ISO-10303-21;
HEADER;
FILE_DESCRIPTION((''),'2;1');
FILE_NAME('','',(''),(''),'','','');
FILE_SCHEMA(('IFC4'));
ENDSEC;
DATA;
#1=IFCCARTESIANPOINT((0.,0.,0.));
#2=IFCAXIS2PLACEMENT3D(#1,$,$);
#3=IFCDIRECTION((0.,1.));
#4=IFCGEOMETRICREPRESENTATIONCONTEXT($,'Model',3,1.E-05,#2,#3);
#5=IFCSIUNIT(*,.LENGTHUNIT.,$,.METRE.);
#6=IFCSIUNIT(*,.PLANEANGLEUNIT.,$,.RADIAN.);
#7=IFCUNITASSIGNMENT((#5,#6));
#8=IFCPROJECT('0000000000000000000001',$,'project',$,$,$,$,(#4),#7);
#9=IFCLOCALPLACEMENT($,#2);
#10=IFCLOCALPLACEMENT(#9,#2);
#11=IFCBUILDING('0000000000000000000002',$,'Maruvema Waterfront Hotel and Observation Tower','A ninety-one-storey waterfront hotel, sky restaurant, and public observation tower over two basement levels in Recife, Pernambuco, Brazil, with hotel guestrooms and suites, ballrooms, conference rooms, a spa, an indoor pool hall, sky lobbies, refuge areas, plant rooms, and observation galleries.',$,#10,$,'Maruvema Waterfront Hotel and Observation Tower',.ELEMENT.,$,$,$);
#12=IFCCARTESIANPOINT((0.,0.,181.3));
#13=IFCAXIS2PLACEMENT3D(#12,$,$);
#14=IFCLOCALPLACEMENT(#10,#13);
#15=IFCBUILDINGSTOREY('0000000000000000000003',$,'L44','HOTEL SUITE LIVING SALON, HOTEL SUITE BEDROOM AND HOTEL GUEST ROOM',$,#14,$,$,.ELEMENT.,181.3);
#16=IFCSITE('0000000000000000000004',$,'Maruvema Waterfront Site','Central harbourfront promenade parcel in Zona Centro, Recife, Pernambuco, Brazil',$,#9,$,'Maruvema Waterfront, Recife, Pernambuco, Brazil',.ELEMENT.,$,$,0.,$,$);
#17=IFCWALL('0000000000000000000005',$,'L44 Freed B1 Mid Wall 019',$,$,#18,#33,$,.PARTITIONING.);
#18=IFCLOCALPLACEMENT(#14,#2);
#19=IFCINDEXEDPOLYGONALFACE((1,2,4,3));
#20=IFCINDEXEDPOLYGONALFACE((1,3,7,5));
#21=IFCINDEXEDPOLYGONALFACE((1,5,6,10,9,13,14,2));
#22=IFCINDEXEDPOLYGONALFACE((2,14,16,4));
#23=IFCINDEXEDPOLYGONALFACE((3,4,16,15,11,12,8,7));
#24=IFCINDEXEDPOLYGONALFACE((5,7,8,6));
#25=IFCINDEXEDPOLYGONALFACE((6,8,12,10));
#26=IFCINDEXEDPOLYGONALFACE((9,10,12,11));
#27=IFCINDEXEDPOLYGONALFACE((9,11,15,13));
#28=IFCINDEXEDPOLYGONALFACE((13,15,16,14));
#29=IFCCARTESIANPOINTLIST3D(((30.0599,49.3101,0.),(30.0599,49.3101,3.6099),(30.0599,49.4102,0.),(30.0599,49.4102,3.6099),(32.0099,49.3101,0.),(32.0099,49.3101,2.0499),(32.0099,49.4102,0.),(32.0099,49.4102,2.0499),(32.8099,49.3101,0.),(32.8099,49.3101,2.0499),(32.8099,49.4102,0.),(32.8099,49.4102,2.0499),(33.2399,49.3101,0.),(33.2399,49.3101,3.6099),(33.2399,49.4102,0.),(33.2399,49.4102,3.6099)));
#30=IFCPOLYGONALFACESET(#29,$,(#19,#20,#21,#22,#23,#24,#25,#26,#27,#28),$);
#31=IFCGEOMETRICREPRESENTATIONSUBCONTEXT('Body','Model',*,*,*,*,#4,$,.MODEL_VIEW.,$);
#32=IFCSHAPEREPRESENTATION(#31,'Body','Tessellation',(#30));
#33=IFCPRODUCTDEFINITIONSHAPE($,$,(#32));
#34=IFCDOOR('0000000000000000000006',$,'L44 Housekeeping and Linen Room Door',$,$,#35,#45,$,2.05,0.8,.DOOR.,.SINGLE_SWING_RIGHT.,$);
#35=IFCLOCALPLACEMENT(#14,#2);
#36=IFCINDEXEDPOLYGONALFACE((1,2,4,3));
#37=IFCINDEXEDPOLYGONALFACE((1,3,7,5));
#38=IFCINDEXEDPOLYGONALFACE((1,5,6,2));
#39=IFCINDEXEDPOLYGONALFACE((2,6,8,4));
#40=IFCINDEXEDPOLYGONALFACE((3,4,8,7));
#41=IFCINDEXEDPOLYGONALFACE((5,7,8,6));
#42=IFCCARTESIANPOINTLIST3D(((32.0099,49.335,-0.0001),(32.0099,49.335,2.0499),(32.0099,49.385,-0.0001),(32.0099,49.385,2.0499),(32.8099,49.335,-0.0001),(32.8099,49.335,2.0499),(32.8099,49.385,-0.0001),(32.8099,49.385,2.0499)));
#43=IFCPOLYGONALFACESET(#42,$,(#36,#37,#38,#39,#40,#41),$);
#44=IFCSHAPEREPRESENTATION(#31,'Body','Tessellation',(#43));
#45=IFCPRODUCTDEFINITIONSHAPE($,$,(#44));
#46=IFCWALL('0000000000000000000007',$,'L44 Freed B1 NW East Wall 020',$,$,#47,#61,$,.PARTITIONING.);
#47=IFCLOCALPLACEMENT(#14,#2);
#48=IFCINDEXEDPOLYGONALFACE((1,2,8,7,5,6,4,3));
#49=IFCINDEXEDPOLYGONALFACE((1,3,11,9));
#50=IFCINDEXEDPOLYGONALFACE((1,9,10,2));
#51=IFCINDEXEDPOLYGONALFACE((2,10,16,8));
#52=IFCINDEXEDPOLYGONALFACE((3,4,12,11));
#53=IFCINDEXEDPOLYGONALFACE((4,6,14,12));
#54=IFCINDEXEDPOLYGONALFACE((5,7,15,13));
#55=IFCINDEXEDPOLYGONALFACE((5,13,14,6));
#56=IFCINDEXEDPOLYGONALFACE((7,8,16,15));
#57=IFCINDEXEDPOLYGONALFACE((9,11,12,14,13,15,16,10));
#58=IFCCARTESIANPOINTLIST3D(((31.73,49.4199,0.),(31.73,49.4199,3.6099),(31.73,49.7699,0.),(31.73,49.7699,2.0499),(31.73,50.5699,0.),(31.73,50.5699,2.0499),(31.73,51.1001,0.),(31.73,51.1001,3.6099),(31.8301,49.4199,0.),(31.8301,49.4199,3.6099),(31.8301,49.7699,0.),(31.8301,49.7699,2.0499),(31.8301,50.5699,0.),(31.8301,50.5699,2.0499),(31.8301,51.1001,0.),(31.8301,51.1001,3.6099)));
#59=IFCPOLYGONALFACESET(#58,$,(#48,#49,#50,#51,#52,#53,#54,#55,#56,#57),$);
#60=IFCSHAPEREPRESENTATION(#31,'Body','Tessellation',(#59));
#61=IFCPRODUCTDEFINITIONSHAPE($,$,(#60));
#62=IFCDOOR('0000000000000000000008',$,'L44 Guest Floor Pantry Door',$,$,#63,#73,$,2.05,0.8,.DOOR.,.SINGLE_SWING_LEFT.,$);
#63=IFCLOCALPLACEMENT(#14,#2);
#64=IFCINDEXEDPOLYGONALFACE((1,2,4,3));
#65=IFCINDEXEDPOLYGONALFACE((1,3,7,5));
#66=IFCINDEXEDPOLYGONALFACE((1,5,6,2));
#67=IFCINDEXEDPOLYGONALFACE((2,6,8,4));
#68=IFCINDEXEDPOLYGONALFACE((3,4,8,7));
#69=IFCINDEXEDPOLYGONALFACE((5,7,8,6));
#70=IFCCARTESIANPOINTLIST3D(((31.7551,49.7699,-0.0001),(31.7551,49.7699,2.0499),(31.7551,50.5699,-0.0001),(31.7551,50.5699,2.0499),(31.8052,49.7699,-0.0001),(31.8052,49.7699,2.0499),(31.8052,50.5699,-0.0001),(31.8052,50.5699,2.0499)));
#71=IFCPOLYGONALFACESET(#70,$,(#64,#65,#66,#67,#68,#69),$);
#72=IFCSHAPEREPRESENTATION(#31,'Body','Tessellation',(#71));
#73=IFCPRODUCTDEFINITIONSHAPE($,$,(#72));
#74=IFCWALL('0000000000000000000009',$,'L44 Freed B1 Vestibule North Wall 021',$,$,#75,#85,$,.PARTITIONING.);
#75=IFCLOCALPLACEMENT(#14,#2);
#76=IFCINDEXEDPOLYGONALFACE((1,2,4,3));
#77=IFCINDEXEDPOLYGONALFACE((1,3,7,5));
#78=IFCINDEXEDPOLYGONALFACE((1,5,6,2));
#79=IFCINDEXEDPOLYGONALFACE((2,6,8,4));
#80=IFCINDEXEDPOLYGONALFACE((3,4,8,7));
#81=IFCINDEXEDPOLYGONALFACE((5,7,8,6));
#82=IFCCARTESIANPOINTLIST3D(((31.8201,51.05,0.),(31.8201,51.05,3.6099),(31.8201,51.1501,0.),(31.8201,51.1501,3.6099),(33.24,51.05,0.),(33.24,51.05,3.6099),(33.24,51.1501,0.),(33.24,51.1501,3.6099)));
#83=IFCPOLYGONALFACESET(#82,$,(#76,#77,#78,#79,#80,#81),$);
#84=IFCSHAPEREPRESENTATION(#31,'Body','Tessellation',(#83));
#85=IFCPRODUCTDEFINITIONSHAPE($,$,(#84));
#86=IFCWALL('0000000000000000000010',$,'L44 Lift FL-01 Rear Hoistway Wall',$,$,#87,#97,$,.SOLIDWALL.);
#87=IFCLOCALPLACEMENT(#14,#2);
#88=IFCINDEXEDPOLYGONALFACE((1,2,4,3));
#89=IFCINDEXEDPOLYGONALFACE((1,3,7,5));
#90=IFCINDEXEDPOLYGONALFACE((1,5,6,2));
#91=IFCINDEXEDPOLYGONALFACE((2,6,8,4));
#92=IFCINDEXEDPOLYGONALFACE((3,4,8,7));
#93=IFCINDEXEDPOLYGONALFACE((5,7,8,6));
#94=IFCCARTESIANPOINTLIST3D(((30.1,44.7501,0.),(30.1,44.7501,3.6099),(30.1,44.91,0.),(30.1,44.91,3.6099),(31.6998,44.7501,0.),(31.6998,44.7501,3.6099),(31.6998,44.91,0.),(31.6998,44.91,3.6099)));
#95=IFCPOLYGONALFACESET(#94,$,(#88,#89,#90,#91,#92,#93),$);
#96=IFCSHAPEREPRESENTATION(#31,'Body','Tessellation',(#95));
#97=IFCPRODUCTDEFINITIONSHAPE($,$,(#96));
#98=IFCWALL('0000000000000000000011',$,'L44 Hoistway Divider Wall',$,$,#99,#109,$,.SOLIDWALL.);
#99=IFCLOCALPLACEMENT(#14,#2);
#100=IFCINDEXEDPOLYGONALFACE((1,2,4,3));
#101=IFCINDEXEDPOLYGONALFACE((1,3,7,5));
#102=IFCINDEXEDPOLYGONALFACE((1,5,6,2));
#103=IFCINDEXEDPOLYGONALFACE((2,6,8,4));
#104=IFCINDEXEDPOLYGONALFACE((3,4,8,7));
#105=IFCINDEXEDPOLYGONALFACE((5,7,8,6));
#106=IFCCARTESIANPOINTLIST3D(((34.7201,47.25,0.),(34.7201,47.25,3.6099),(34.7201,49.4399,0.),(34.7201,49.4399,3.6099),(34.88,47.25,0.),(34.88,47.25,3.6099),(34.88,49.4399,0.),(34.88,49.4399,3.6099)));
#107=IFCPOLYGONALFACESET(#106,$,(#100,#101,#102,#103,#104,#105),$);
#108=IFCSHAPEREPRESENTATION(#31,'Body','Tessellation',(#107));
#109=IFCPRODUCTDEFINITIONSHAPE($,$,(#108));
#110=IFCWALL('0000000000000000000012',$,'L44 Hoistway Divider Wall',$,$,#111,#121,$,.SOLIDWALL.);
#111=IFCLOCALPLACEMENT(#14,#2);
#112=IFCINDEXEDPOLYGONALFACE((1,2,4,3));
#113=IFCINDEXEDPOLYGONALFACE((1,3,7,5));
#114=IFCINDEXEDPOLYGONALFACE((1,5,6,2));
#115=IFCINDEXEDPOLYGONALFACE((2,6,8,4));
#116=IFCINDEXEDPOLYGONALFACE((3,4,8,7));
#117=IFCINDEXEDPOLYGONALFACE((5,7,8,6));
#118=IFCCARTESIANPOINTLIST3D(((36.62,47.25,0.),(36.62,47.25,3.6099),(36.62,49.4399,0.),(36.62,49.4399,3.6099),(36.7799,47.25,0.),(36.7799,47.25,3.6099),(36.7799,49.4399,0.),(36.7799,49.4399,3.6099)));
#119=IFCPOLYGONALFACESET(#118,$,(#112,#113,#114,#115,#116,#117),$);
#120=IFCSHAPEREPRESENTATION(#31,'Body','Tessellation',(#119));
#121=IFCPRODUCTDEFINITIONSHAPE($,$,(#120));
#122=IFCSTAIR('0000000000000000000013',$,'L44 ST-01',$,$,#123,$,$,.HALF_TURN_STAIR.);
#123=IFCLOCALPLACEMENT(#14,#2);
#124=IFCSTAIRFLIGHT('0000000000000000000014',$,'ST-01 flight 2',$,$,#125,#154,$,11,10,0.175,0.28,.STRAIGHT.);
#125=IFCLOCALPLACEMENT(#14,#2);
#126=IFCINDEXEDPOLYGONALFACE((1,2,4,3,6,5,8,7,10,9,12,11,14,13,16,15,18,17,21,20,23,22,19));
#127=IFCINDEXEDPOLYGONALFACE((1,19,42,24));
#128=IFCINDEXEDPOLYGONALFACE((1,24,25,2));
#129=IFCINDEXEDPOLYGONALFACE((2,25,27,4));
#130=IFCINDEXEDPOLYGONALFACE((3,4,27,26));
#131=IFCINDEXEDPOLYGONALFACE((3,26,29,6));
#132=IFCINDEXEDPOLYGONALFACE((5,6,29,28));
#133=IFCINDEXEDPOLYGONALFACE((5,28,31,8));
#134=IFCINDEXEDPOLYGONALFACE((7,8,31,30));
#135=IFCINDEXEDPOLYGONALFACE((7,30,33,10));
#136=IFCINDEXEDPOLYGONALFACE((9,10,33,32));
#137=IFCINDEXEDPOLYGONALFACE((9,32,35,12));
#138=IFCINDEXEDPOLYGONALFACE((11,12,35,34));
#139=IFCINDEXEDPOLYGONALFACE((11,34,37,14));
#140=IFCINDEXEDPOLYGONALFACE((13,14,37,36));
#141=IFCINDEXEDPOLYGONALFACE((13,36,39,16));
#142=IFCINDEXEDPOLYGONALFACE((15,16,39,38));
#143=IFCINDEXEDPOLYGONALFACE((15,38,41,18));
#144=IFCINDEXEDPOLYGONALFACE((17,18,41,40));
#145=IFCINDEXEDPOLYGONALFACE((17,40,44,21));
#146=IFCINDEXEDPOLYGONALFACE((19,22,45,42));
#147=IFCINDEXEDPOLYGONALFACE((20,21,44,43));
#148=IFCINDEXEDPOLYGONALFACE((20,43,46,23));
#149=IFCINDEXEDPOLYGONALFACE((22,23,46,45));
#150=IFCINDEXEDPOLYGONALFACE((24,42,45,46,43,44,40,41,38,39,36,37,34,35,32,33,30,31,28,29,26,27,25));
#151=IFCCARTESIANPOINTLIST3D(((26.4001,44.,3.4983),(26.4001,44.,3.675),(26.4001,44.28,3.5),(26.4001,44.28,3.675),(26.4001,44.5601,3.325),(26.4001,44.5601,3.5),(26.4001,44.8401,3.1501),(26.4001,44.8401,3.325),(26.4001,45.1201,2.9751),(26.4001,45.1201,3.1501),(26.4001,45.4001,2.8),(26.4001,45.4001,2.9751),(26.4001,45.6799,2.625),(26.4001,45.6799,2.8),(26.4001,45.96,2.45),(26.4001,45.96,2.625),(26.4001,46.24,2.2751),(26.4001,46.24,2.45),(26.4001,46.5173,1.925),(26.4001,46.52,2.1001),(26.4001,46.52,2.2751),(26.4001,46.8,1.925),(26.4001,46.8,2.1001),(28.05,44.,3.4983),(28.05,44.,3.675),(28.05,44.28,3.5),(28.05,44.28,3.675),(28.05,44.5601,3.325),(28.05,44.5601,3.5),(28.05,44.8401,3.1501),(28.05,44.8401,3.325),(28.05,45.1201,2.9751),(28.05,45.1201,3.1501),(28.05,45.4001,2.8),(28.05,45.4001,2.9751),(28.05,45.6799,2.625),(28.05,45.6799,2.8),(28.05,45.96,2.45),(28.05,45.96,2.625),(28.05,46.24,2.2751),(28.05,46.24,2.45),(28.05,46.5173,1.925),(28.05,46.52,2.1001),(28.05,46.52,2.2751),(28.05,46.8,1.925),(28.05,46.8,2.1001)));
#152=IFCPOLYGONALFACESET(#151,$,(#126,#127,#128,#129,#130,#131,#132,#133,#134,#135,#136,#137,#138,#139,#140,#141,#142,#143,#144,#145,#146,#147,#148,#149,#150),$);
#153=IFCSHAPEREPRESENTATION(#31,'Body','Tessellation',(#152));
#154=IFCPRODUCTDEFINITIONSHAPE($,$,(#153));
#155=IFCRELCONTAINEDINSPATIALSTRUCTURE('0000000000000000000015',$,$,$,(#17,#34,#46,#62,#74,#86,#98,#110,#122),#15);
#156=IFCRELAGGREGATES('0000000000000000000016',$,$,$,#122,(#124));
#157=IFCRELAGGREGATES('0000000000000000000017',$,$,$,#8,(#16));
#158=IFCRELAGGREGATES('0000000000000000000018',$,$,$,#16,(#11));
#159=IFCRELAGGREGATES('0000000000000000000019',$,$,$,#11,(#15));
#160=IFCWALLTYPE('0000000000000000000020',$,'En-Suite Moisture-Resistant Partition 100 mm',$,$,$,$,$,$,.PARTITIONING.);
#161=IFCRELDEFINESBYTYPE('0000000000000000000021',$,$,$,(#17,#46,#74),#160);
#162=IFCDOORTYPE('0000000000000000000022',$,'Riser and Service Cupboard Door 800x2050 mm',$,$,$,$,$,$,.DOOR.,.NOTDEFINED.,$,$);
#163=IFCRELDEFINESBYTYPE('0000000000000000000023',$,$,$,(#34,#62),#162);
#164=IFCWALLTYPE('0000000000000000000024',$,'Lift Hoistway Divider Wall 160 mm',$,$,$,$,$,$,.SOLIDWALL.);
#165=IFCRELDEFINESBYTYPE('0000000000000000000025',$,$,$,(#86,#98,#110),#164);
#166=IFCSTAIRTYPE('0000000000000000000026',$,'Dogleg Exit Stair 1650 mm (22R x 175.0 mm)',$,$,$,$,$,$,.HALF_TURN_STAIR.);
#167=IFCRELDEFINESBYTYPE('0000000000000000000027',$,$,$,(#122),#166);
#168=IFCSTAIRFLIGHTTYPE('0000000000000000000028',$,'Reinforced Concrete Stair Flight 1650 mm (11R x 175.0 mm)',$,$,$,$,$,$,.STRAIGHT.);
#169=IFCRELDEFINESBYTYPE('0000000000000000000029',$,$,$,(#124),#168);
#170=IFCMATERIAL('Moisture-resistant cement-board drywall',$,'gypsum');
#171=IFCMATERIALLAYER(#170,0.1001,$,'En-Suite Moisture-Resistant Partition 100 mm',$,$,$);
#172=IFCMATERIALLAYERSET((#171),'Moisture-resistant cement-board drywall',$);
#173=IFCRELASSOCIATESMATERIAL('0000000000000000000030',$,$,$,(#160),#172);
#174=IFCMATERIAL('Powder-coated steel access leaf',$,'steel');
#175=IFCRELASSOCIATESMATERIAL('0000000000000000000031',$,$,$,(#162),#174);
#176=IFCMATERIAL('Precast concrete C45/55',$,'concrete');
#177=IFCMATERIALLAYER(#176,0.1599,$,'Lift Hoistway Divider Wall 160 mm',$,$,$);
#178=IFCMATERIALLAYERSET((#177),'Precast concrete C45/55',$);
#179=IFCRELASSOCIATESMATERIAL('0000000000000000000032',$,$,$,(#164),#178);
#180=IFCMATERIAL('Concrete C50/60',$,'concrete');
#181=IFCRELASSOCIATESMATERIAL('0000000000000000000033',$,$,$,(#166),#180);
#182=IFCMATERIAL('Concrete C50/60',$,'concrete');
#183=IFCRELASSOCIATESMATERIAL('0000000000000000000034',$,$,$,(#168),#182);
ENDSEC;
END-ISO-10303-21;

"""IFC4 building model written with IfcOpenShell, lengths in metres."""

from ifc_helpers import new_model, si_unit, direction, frame, frame_2d, origin, place, context, subcontext, project, spatial, polyline, rectangle, outline, extrude, material, layer, layer_set, type_object, element, fill, aggregate, save


model = new_model("IFC4")

# Units and contexts
model_context = context("Model", 3, precision=1e-05, world=origin(), true_north=direction((0.0, 1.0)))
body_context = subcontext(model_context, "Body", "Model", "MODEL_VIEW")
ifc_project = project(units=[si_unit("LENGTHUNIT", "METRE"), si_unit("PLANEANGLEUNIT", "RADIAN")], contexts=[model_context])

# Site, building, storey
site_placement = place(None, origin())
site = spatial("IfcSite", under=ifc_project, at=site_placement, Name="Maruvema Waterfront Site", Description="Central harbourfront promenade parcel in Zona Centro, Recife, Pernambuco, Brazil", LongName="Maruvema Waterfront, Recife, Pernambuco, Brazil", CompositionType="ELEMENT", RefElevation=0.0)
building_placement = place(site_placement, origin())
building = spatial("IfcBuilding", under=site, at=building_placement, Name="Maruvema Waterfront Hotel and Observation Tower", Description="A ninety-one-storey waterfront hotel, sky restaurant, and public observation tower over two basement levels in Recife, Pernambuco, Brazil, with hotel guestrooms and suites, ballrooms, conference rooms, a spa, an indoor pool hall, sky lobbies, refuge areas, plant rooms, and observation galleries.", LongName="Maruvema Waterfront Hotel and Observation Tower", CompositionType="ELEMENT")
storey_placement = place(building_placement, frame((0.0, 0.0, 181.3)))
storey = spatial("IfcBuildingStorey", under=building, at=storey_placement, Name="L44", Description="HOTEL SUITE LIVING SALON, HOTEL SUITE BEDROOM AND HOTEL GUEST ROOM", CompositionType="ELEMENT", Elevation=181.3)

# Shared definitions
ifc_material_1 = material(Name="Moisture-resistant cement-board drywall", Category="gypsum")
ifc_layer_1 = layer(ifc_material_1, 0.1001, Name="En-Suite Moisture-Resistant Partition 100 mm")
ifc_layer_set_1 = layer_set([ifc_layer_1], Name="Moisture-resistant cement-board drywall")
wall_type_1 = type_object("IfcWallType", Name="En-Suite Moisture-Resistant Partition 100 mm", PredefinedType="PARTITIONING", material=ifc_layer_set_1)

# Shared definitions
ifc_material_2 = material(Name="Powder-coated steel access leaf", Category="steel")
door_type_1 = type_object("IfcDoorType", Name="Riser and Service Cupboard Door 800x2050 mm", OperationType="NOTDEFINED", PredefinedType="DOOR", material=ifc_material_2)

# Walls, openings, doors
wall_1_placement = place(storey_placement, frame((30.0601, 49.3601, 0.0), z_axis=(0.0, 0.0, 1.0), x_axis=(1.0, 0.0, 0.0)))
wall_1 = element("IfcWall", 1, at=wall_1_placement, inside=storey, type_object=wall_type_1, Name="L44 Freed B1 Mid Wall 019", PredefinedType="PARTITIONING", context=body_context, shape_type="SweptSolid", body=[
    extrude(rectangle(XDim=3.1799, YDim=0.1001, at=frame_2d((1.5898, 0.0))), origin(), (0.0, 0.0, 1.0), 3.6099),
])
opening_1_placement = place(wall_1_placement, frame((1.95, 0.0, 0.0)))
opening_1 = element("IfcOpeningElement", 2, at=opening_1_placement, cuts=wall_1, PredefinedType="OPENING", context=body_context, shape_type="SweptSolid", body=[
    extrude(rectangle(XDim=0.8, YDim=2.05, at=frame_2d((0.3999, 1.0249))), frame((0.0, 0.0601, 0.0), z_axis=(0.0, -1.0, 0.0), x_axis=(1.0, 0.0, 0.0)), (0.0, 0.0, 1.0), 0.1201),
])
door_1_placement = place(opening_1_placement, origin())
door_1 = element("IfcDoor", 3, at=door_1_placement, inside=storey, type_object=door_type_1, Name="L44 Housekeeping and Linen Room Door", OperationType="SINGLE_SWING_RIGHT", OverallHeight=2.05, OverallWidth=0.8, PredefinedType="DOOR", context=body_context, shape_type="SweptSolid", body=[
    extrude(rectangle(XDim=0.8, YDim=2.05, at=frame_2d((0.3999, 1.0249))), frame((0.0, 0.0249, 0.0), z_axis=(0.0, -1.0, 0.0), x_axis=(1.0, 0.0, 0.0)), (0.0, 0.0, 1.0), 0.05),
])
fill(opening_1, door_1)
wall_2_placement = place(storey_placement, frame((31.78, 49.4199, 0.0), z_axis=(0.0, 0.0, 1.0), x_axis=(0.0, 1.0, 0.0)))
wall_2 = element("IfcWall", 4, at=wall_2_placement, inside=storey, type_object=wall_type_1, Name="L44 Freed B1 NW East Wall 020", PredefinedType="PARTITIONING", context=body_context, shape_type="SweptSolid", body=[
    extrude(rectangle(XDim=1.6802, YDim=0.1001, at=frame_2d((0.8401, 0.0))), origin(), (0.0, 0.0, 1.0), 3.6099),
])
opening_2_placement = place(wall_2_placement, frame((0.3501, 0.0, 0.0)))
opening_2 = element("IfcOpeningElement", 5, at=opening_2_placement, cuts=wall_2, PredefinedType="OPENING", context=body_context, shape_type="SweptSolid", body=[
    extrude(rectangle(XDim=0.8, YDim=2.05, at=frame_2d((0.3999, 1.0249))), frame((0.0, 0.0601, 0.0), z_axis=(0.0, -1.0, 0.0), x_axis=(1.0, 0.0, 0.0)), (0.0, 0.0, 1.0), 0.1201),
])
door_2_placement = place(opening_2_placement, origin())
door_2 = element("IfcDoor", 6, at=door_2_placement, inside=storey, type_object=door_type_1, Name="L44 Guest Floor Pantry Door", OperationType="SINGLE_SWING_LEFT", OverallHeight=2.05, OverallWidth=0.8, PredefinedType="DOOR", context=body_context, shape_type="SweptSolid", body=[
    extrude(rectangle(XDim=0.8, YDim=2.05, at=frame_2d((0.3999, 1.0249))), frame((0.0, 0.0249, 0.0), z_axis=(0.0, -1.0, 0.0), x_axis=(1.0, 0.0, 0.0)), (0.0, 0.0, 1.0), 0.05),
])
fill(opening_2, door_2)

# Walls
wall_3_placement = place(storey_placement, frame((31.8201, 51.1001, 0.0), z_axis=(0.0, 0.0, 1.0), x_axis=(1.0, 0.0, 0.0)))
element("IfcWall", 7, at=wall_3_placement, inside=storey, type_object=wall_type_1, Name="L44 Freed B1 Vestibule North Wall 021", PredefinedType="PARTITIONING", context=body_context, shape_type="SweptSolid", body=[
    extrude(rectangle(XDim=1.4199, YDim=0.1001, at=frame_2d((0.71, 0.0))), origin(), (0.0, 0.0, 1.0), 3.6099),
])
ifc_material_3 = material(Name="Precast concrete C45/55", Category="concrete")
ifc_layer_2 = layer(ifc_material_3, 0.1599, Name="Lift Hoistway Divider Wall 160 mm")
ifc_layer_set_2 = layer_set([ifc_layer_2], Name="Precast concrete C45/55")
wall_type_2 = type_object("IfcWallType", Name="Lift Hoistway Divider Wall 160 mm", PredefinedType="SOLIDWALL", material=ifc_layer_set_2)
wall_4_placement = place(storey_placement, frame((30.1001, 44.8301, 0.0), z_axis=(0.0, 0.0, 1.0), x_axis=(1.0, 0.0, 0.0)))
element("IfcWall", 8, at=wall_4_placement, inside=storey, type_object=wall_type_2, Name="L44 Lift FL-01 Rear Hoistway Wall", PredefinedType="SOLIDWALL", context=body_context, shape_type="SweptSolid", body=[
    extrude(rectangle(XDim=1.5999, YDim=0.1599, at=frame_2d((0.7998, 0.0))), origin(), (0.0, 0.0, 1.0), 3.6099),
])
for number, where, z_axis, x_axis, name in (
    (9, (34.8, 47.25, 0.0), (0.0, 0.0, 1.0), (0.0, 1.0, 0.0), "L44 Hoistway Divider Wall"),
    (10, (36.7, 47.25, 0.0), (0.0, 0.0, 1.0), (0.0, 1.0, 0.0), "L44 Hoistway Divider Wall"),
):
    element("IfcWall", number, at=place(storey_placement, frame(where, z_axis=z_axis, x_axis=x_axis)), inside=storey, type_object=wall_type_2, Name=name, PredefinedType="SOLIDWALL", context=body_context, shape_type="SweptSolid", body=[
        extrude(rectangle(XDim=2.1899, YDim=0.1599, at=frame_2d((1.095, 0.0))), origin(), (0.0, 0.0, 1.0), 3.6099),
    ])

# Stair, stair flight
ifc_material_4 = material(Name="Concrete C50/60", Category="concrete")
stair_type = type_object("IfcStairType", Name="Dogleg Exit Stair 1650 mm (22R x 175.0 mm)", PredefinedType="HALF_TURN_STAIR", material=ifc_material_4)
stair_1_placement = place(storey_placement, origin())
stair_1 = element("IfcStair", 11, at=stair_1_placement, inside=storey, type_object=stair_type, Name="L44 ST-01", PredefinedType="HALF_TURN_STAIR")
ifc_material_5 = material(Name="Concrete C50/60", Category="concrete")
stair_flight_type = type_object("IfcStairFlightType", Name="Reinforced Concrete Stair Flight 1650 mm (11R x 175.0 mm)", PredefinedType="STRAIGHT", material=ifc_material_5)
stair_flight_1_placement = place(storey_placement, frame((27.2251, 46.8, 1.925), z_axis=(0.0, 0.0, 1.0), x_axis=(0.0, -1.0, 0.0)))
stair_flight_1 = element("IfcStairFlight", 12, at=stair_flight_1_placement, type_object=stair_flight_type, Name="ST-01 flight 2", NumberOfRisers=11, NumberOfTreads=10, PredefinedType="STRAIGHT", RiserHeight=0.175, TreadLength=0.28, context=body_context, shape_type="SweptSolid", body=[
    extrude(outline(polyline([(0.0, 0.0), (0.0, 0.175), (0.28, 0.175), (0.28, 0.3501), (0.5601, 0.3501), (0.5601, 0.5249), (0.8401, 0.5249), (0.8401, 0.7), (1.1201, 0.7), (1.1201, 0.875), (1.3999, 0.875), (1.3999, 1.05), (1.6799, 1.05), (1.6799, 1.2251), (1.96, 1.2251), (1.96, 1.3999), (2.24, 1.3999), (2.24, 1.575), (2.52, 1.575), (2.52, 1.75), (2.8, 1.75), (2.8, 1.925), (2.8, 1.5732), (0.2827, 0.0), (0.0, 0.0)])), frame((0.0, 0.825, 0.0), z_axis=(0.0, -1.0, 0.0), x_axis=(1.0, 0.0, 0.0)), (0.0, 0.0, 1.0), 1.6499),
])
aggregate(stair_1, [stair_flight_1])

save(model, "model.ifc")
